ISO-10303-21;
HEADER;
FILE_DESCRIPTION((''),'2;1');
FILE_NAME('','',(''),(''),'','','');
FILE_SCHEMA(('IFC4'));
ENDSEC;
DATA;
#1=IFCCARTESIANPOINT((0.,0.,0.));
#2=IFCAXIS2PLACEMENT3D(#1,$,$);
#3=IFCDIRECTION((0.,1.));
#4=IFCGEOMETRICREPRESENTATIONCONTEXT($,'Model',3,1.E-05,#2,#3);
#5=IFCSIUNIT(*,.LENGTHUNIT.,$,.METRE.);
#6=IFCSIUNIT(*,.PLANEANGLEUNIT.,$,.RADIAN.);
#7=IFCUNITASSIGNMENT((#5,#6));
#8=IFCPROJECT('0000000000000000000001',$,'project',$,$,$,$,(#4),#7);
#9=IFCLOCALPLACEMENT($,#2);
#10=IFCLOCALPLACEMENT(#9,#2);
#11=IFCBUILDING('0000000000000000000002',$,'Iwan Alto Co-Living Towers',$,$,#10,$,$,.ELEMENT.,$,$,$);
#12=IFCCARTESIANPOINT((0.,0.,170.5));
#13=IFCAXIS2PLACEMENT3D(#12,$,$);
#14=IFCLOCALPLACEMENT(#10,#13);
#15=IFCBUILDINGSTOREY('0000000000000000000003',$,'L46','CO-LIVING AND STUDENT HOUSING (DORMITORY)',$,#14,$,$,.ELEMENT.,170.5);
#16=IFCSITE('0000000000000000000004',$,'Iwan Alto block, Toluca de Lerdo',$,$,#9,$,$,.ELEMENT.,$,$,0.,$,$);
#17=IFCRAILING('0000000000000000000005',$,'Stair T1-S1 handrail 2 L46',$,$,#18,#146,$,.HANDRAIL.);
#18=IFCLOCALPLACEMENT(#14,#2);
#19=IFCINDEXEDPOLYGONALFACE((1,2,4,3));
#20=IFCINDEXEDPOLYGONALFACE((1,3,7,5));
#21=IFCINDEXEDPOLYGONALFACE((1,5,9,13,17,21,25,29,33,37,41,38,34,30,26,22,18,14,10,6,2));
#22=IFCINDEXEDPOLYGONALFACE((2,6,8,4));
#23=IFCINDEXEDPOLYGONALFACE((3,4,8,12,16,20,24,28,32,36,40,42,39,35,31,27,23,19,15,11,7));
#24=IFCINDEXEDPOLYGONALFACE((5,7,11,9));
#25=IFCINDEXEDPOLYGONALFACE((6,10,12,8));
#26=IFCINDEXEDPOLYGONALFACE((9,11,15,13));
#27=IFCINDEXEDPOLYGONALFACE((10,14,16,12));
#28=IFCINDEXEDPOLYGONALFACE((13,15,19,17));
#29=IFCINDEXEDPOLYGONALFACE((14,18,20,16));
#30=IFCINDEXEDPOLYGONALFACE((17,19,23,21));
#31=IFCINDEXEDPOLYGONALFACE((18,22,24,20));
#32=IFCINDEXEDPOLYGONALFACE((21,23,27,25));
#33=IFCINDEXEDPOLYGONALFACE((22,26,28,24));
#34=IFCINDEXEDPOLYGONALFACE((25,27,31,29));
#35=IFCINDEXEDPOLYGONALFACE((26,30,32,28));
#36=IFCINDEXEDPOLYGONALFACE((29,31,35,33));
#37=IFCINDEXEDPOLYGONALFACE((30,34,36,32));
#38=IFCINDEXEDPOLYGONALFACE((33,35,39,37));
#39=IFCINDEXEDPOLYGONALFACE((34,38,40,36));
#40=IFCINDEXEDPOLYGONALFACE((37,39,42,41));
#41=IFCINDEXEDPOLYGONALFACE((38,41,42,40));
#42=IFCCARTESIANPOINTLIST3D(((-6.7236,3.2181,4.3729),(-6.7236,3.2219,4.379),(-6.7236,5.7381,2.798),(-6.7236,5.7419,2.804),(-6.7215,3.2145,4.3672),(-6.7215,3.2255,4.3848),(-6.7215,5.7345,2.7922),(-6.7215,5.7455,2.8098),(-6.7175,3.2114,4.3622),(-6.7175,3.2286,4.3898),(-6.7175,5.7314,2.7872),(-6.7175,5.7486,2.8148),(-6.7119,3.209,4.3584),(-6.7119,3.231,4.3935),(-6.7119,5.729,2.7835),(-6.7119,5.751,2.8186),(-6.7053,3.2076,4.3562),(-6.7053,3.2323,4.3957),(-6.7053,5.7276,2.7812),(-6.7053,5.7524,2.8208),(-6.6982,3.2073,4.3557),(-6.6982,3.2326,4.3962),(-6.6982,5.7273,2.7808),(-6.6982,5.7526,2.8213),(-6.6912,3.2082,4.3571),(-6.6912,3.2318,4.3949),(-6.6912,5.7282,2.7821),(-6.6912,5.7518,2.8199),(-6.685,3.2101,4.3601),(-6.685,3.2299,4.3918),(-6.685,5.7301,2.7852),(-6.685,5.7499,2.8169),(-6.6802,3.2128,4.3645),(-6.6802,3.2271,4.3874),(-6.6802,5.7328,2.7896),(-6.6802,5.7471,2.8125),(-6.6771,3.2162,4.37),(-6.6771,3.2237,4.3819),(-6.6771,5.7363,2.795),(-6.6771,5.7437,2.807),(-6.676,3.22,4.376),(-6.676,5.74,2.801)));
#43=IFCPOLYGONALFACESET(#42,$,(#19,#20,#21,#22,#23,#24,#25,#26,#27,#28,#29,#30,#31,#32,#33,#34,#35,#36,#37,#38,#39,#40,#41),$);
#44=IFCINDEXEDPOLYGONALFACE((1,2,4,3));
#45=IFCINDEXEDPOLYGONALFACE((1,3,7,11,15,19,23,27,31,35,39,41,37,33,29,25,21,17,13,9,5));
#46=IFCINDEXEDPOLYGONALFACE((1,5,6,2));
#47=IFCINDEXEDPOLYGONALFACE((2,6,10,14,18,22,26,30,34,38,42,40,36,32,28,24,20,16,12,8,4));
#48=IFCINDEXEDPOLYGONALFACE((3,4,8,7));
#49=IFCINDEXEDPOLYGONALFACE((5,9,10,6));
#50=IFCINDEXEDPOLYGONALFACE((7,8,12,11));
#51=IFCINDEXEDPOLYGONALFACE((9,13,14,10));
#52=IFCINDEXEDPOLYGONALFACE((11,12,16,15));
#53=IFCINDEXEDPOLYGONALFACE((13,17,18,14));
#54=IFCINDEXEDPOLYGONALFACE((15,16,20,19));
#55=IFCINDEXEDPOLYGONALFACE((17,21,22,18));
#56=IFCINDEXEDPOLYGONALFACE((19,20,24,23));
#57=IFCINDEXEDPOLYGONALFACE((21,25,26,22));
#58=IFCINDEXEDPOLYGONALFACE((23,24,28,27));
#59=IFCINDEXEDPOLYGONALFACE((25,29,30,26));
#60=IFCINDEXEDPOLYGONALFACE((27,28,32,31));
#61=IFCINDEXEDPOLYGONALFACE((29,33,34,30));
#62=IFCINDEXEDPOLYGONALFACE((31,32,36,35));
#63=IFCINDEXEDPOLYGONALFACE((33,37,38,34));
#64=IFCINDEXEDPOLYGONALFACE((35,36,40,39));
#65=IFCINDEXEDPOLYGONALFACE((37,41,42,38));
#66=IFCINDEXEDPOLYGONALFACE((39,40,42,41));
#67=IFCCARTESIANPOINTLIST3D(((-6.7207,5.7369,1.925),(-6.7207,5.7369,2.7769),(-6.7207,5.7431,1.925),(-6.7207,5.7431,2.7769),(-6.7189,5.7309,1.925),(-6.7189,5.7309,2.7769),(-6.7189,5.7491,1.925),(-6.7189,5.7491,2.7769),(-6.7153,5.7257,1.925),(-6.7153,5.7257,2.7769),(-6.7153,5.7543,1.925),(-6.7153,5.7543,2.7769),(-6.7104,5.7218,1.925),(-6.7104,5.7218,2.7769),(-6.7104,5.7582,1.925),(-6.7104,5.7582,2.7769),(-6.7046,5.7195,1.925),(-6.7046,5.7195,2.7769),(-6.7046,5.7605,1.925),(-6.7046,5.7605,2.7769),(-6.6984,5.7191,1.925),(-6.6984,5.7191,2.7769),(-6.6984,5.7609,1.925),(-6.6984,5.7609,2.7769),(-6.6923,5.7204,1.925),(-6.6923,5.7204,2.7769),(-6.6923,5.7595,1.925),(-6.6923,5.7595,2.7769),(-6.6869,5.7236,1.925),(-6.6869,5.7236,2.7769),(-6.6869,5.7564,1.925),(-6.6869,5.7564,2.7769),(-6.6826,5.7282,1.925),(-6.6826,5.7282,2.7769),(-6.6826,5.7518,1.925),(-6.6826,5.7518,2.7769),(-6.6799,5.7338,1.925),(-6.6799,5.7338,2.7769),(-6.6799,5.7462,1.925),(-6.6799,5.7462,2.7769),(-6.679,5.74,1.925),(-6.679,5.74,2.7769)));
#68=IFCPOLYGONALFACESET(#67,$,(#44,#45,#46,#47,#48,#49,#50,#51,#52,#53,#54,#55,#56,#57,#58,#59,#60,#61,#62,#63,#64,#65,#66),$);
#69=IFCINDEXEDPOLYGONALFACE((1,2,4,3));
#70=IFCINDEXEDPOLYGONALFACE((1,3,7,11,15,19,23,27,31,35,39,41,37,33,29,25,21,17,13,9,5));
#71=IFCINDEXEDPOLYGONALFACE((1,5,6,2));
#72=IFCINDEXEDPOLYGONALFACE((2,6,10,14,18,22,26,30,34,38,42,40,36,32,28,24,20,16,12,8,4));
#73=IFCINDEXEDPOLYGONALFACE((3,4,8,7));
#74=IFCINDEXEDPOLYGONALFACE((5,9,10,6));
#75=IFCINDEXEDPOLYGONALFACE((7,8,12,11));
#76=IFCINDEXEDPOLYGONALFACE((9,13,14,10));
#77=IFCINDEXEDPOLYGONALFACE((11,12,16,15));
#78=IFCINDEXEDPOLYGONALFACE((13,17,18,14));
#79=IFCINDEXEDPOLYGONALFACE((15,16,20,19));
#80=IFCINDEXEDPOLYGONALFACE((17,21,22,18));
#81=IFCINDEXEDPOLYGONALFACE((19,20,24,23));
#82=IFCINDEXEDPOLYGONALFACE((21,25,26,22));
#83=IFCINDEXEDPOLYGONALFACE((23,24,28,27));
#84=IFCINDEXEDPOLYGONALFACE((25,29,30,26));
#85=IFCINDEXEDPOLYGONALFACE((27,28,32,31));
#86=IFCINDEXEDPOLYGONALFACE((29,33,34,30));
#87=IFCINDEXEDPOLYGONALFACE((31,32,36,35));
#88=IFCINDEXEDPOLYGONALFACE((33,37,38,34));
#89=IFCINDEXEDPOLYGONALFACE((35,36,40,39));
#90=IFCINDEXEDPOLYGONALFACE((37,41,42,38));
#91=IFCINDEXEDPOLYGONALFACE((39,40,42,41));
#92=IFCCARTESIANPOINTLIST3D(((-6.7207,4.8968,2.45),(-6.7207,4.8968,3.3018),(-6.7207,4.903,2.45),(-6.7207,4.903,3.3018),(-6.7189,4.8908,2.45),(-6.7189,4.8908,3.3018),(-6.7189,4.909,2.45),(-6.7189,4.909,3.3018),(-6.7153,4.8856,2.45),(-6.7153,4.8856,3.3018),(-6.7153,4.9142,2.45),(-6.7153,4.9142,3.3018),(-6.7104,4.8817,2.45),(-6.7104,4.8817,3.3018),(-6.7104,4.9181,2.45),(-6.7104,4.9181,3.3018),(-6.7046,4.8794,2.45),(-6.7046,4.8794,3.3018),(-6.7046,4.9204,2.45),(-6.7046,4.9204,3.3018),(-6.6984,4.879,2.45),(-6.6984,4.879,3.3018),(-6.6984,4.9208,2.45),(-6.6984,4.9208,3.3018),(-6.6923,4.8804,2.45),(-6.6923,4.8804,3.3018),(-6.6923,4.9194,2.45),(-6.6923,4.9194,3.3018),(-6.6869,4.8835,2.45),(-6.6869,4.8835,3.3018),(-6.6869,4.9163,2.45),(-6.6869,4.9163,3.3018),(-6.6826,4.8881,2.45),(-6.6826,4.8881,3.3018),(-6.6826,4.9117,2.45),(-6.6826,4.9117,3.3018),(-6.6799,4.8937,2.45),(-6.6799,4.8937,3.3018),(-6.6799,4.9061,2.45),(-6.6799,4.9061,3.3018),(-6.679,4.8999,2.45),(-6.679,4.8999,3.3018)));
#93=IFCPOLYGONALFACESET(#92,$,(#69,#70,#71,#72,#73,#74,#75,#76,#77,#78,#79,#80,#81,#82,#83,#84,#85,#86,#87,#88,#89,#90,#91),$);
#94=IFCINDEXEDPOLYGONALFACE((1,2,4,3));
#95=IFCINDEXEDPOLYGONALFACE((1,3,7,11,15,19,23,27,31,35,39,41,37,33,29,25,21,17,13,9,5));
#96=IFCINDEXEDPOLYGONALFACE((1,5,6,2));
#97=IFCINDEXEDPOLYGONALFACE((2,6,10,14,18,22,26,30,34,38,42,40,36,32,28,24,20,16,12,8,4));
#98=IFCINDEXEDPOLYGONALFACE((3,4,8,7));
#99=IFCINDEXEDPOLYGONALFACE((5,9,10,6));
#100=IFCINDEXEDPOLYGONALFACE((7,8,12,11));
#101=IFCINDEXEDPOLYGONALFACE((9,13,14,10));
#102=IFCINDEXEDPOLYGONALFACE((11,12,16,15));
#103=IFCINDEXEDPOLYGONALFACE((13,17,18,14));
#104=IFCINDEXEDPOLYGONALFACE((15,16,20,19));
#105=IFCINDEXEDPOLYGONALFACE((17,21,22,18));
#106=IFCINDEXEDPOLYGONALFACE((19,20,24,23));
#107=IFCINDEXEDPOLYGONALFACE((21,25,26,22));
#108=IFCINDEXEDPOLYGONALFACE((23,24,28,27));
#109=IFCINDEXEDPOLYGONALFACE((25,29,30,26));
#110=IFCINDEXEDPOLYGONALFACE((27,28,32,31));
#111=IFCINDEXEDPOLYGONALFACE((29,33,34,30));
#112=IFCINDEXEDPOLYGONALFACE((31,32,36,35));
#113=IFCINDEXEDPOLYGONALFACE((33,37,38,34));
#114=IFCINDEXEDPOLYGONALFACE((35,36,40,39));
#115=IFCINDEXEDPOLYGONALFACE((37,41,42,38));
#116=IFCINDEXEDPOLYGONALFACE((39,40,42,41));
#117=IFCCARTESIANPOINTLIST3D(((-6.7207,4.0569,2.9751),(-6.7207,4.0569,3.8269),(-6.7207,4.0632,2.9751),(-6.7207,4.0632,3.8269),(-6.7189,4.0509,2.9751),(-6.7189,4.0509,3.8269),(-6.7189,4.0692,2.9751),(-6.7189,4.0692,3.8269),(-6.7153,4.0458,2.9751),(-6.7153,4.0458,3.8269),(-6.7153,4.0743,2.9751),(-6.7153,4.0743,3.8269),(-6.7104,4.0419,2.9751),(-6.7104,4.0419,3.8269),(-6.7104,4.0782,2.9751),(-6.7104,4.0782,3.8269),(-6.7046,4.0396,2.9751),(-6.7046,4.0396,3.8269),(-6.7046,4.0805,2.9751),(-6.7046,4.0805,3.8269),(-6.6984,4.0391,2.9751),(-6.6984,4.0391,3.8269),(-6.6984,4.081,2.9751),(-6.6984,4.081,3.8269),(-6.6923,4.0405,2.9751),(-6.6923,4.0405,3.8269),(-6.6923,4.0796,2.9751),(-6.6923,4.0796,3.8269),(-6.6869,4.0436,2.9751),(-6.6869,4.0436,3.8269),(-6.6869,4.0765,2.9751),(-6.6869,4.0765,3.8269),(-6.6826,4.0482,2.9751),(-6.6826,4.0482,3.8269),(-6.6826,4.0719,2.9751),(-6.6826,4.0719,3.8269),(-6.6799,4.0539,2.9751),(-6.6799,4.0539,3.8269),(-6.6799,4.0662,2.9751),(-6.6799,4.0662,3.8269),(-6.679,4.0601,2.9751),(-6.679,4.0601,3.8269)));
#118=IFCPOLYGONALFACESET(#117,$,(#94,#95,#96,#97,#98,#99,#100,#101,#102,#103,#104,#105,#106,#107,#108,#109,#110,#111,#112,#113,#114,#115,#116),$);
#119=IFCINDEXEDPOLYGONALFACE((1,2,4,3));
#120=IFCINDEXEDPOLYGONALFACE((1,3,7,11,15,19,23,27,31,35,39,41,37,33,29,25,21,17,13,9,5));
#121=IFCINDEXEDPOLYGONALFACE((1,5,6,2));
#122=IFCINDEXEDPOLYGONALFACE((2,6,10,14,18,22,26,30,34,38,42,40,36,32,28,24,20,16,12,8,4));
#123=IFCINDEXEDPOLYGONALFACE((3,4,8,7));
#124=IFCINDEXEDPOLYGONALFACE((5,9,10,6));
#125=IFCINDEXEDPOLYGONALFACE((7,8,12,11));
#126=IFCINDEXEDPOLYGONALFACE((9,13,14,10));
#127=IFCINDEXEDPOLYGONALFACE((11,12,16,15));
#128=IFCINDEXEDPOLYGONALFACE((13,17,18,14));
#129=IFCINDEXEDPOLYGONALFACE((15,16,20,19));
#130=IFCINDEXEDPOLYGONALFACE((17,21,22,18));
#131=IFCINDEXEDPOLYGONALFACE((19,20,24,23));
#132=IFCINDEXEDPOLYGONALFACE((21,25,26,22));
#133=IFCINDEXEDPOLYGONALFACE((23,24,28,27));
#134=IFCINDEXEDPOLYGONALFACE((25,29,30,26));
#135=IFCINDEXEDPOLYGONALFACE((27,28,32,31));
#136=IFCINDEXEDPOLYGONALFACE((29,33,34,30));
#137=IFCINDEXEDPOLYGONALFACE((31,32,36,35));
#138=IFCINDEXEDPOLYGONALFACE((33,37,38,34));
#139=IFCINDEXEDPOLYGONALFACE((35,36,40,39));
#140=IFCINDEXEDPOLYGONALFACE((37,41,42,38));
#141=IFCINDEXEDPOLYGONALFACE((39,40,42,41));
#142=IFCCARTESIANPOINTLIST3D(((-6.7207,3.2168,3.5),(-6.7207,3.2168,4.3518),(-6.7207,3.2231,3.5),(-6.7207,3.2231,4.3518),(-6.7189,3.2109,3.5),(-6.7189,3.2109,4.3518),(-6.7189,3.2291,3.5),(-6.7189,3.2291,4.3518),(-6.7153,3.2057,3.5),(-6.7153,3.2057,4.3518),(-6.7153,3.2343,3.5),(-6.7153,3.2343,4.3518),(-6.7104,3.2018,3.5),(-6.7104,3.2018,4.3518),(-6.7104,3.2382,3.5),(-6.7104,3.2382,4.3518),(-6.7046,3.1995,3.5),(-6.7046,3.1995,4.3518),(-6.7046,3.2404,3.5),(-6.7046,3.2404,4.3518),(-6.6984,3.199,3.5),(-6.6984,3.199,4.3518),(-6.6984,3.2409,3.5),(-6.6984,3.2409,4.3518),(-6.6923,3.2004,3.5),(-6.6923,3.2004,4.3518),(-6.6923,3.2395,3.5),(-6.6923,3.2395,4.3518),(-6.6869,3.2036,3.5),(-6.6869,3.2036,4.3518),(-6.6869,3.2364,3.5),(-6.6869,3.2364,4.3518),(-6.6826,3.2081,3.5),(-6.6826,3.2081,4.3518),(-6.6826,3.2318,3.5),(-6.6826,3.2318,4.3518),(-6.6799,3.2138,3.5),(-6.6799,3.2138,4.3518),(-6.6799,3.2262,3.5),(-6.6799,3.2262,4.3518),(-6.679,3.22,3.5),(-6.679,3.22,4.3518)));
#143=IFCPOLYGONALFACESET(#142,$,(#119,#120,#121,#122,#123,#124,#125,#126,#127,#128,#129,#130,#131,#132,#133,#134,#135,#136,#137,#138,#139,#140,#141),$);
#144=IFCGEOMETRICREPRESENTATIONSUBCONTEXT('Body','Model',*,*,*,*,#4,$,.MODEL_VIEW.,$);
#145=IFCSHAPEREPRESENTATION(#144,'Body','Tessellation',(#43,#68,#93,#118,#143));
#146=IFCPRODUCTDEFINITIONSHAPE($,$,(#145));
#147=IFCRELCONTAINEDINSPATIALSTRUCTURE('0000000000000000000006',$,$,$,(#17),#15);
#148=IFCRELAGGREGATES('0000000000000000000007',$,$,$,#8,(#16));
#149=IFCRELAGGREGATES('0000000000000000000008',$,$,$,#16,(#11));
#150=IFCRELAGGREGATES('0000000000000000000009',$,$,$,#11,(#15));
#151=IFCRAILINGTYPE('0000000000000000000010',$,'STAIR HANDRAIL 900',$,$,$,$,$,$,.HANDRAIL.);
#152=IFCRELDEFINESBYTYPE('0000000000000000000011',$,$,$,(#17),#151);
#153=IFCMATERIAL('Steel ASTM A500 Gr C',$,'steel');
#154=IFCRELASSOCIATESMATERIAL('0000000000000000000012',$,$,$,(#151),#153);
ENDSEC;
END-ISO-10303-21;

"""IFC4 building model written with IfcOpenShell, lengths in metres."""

from ifc_helpers import new_model, si_unit, direction, frame, origin, origin_2d, place, context, subcontext, project, spatial, circle, extrude, material, type_object, element, save


model = new_model("IFC4")

# Units and contexts
model_context = context("Model", 3, precision=1e-05, world=origin(), true_north=direction((0.0, 1.0)))
body_context = subcontext(model_context, "Body", "Model", "MODEL_VIEW")
ifc_project = project(units=[si_unit("LENGTHUNIT", "METRE"), si_unit("PLANEANGLEUNIT", "RADIAN")], contexts=[model_context])

# Site, building, storey
site_placement = place(None, origin())
site = spatial("IfcSite", under=ifc_project, at=site_placement, Name="Iwan Alto block, Toluca de Lerdo", CompositionType="ELEMENT", RefElevation=0.0)
building_placement = place(site_placement, origin())
building = spatial("IfcBuilding", under=site, at=building_placement, Name="Iwan Alto Co-Living Towers", CompositionType="ELEMENT")
storey_placement = place(building_placement, frame((0.0, 0.0, 170.5)))
storey = spatial("IfcBuildingStorey", under=building, at=storey_placement, Name="L46", Description="CO-LIVING AND STUDENT HOUSING (DORMITORY)", CompositionType="ELEMENT", Elevation=170.5)

# Railing
ifc_material_1 = material(Name="Steel ASTM A500 Gr C", Category="steel")
railing_type_1 = type_object("IfcRailingType", Name="STAIR HANDRAIL 900", PredefinedType="HANDRAIL", material=ifc_material_1)
railing_1_placement = place(storey_placement, frame((-6.7, 5.74, 1.925)))
element("IfcRailing", 1, at=railing_1_placement, inside=storey, type_object=railing_type_1, Name="Stair T1-S1 handrail 2 L46", PredefinedType="HANDRAIL", context=body_context, shape_type="SweptSolid", body=[
    extrude(circle(Radius=0.0239, at=origin_2d()), frame((0.0, 0.0, 0.876), z_axis=(0.0, -0.848008, 0.529984), x_axis=(1.0, 0.0, 0.0)), (0.0, 0.0, 1.0), 2.9717),
    extrude(circle(Radius=0.021, at=origin_2d()), origin(), (0.0, 0.0, 1.0), 0.8518),
    extrude(circle(Radius=0.021, at=origin_2d()), frame((0.0, -0.8401, 0.5249)), (0.0, 0.0, 1.0), 0.8518),
    extrude(circle(Radius=0.021, at=origin_2d()), frame((0.0, -1.6799, 1.05)), (0.0, 0.0, 1.0), 0.8518),
    extrude(circle(Radius=0.021, at=origin_2d()), frame((0.0, -2.52, 1.575)), (0.0, 0.0, 1.0), 0.8518),
])

save(model, "model.ifc")
